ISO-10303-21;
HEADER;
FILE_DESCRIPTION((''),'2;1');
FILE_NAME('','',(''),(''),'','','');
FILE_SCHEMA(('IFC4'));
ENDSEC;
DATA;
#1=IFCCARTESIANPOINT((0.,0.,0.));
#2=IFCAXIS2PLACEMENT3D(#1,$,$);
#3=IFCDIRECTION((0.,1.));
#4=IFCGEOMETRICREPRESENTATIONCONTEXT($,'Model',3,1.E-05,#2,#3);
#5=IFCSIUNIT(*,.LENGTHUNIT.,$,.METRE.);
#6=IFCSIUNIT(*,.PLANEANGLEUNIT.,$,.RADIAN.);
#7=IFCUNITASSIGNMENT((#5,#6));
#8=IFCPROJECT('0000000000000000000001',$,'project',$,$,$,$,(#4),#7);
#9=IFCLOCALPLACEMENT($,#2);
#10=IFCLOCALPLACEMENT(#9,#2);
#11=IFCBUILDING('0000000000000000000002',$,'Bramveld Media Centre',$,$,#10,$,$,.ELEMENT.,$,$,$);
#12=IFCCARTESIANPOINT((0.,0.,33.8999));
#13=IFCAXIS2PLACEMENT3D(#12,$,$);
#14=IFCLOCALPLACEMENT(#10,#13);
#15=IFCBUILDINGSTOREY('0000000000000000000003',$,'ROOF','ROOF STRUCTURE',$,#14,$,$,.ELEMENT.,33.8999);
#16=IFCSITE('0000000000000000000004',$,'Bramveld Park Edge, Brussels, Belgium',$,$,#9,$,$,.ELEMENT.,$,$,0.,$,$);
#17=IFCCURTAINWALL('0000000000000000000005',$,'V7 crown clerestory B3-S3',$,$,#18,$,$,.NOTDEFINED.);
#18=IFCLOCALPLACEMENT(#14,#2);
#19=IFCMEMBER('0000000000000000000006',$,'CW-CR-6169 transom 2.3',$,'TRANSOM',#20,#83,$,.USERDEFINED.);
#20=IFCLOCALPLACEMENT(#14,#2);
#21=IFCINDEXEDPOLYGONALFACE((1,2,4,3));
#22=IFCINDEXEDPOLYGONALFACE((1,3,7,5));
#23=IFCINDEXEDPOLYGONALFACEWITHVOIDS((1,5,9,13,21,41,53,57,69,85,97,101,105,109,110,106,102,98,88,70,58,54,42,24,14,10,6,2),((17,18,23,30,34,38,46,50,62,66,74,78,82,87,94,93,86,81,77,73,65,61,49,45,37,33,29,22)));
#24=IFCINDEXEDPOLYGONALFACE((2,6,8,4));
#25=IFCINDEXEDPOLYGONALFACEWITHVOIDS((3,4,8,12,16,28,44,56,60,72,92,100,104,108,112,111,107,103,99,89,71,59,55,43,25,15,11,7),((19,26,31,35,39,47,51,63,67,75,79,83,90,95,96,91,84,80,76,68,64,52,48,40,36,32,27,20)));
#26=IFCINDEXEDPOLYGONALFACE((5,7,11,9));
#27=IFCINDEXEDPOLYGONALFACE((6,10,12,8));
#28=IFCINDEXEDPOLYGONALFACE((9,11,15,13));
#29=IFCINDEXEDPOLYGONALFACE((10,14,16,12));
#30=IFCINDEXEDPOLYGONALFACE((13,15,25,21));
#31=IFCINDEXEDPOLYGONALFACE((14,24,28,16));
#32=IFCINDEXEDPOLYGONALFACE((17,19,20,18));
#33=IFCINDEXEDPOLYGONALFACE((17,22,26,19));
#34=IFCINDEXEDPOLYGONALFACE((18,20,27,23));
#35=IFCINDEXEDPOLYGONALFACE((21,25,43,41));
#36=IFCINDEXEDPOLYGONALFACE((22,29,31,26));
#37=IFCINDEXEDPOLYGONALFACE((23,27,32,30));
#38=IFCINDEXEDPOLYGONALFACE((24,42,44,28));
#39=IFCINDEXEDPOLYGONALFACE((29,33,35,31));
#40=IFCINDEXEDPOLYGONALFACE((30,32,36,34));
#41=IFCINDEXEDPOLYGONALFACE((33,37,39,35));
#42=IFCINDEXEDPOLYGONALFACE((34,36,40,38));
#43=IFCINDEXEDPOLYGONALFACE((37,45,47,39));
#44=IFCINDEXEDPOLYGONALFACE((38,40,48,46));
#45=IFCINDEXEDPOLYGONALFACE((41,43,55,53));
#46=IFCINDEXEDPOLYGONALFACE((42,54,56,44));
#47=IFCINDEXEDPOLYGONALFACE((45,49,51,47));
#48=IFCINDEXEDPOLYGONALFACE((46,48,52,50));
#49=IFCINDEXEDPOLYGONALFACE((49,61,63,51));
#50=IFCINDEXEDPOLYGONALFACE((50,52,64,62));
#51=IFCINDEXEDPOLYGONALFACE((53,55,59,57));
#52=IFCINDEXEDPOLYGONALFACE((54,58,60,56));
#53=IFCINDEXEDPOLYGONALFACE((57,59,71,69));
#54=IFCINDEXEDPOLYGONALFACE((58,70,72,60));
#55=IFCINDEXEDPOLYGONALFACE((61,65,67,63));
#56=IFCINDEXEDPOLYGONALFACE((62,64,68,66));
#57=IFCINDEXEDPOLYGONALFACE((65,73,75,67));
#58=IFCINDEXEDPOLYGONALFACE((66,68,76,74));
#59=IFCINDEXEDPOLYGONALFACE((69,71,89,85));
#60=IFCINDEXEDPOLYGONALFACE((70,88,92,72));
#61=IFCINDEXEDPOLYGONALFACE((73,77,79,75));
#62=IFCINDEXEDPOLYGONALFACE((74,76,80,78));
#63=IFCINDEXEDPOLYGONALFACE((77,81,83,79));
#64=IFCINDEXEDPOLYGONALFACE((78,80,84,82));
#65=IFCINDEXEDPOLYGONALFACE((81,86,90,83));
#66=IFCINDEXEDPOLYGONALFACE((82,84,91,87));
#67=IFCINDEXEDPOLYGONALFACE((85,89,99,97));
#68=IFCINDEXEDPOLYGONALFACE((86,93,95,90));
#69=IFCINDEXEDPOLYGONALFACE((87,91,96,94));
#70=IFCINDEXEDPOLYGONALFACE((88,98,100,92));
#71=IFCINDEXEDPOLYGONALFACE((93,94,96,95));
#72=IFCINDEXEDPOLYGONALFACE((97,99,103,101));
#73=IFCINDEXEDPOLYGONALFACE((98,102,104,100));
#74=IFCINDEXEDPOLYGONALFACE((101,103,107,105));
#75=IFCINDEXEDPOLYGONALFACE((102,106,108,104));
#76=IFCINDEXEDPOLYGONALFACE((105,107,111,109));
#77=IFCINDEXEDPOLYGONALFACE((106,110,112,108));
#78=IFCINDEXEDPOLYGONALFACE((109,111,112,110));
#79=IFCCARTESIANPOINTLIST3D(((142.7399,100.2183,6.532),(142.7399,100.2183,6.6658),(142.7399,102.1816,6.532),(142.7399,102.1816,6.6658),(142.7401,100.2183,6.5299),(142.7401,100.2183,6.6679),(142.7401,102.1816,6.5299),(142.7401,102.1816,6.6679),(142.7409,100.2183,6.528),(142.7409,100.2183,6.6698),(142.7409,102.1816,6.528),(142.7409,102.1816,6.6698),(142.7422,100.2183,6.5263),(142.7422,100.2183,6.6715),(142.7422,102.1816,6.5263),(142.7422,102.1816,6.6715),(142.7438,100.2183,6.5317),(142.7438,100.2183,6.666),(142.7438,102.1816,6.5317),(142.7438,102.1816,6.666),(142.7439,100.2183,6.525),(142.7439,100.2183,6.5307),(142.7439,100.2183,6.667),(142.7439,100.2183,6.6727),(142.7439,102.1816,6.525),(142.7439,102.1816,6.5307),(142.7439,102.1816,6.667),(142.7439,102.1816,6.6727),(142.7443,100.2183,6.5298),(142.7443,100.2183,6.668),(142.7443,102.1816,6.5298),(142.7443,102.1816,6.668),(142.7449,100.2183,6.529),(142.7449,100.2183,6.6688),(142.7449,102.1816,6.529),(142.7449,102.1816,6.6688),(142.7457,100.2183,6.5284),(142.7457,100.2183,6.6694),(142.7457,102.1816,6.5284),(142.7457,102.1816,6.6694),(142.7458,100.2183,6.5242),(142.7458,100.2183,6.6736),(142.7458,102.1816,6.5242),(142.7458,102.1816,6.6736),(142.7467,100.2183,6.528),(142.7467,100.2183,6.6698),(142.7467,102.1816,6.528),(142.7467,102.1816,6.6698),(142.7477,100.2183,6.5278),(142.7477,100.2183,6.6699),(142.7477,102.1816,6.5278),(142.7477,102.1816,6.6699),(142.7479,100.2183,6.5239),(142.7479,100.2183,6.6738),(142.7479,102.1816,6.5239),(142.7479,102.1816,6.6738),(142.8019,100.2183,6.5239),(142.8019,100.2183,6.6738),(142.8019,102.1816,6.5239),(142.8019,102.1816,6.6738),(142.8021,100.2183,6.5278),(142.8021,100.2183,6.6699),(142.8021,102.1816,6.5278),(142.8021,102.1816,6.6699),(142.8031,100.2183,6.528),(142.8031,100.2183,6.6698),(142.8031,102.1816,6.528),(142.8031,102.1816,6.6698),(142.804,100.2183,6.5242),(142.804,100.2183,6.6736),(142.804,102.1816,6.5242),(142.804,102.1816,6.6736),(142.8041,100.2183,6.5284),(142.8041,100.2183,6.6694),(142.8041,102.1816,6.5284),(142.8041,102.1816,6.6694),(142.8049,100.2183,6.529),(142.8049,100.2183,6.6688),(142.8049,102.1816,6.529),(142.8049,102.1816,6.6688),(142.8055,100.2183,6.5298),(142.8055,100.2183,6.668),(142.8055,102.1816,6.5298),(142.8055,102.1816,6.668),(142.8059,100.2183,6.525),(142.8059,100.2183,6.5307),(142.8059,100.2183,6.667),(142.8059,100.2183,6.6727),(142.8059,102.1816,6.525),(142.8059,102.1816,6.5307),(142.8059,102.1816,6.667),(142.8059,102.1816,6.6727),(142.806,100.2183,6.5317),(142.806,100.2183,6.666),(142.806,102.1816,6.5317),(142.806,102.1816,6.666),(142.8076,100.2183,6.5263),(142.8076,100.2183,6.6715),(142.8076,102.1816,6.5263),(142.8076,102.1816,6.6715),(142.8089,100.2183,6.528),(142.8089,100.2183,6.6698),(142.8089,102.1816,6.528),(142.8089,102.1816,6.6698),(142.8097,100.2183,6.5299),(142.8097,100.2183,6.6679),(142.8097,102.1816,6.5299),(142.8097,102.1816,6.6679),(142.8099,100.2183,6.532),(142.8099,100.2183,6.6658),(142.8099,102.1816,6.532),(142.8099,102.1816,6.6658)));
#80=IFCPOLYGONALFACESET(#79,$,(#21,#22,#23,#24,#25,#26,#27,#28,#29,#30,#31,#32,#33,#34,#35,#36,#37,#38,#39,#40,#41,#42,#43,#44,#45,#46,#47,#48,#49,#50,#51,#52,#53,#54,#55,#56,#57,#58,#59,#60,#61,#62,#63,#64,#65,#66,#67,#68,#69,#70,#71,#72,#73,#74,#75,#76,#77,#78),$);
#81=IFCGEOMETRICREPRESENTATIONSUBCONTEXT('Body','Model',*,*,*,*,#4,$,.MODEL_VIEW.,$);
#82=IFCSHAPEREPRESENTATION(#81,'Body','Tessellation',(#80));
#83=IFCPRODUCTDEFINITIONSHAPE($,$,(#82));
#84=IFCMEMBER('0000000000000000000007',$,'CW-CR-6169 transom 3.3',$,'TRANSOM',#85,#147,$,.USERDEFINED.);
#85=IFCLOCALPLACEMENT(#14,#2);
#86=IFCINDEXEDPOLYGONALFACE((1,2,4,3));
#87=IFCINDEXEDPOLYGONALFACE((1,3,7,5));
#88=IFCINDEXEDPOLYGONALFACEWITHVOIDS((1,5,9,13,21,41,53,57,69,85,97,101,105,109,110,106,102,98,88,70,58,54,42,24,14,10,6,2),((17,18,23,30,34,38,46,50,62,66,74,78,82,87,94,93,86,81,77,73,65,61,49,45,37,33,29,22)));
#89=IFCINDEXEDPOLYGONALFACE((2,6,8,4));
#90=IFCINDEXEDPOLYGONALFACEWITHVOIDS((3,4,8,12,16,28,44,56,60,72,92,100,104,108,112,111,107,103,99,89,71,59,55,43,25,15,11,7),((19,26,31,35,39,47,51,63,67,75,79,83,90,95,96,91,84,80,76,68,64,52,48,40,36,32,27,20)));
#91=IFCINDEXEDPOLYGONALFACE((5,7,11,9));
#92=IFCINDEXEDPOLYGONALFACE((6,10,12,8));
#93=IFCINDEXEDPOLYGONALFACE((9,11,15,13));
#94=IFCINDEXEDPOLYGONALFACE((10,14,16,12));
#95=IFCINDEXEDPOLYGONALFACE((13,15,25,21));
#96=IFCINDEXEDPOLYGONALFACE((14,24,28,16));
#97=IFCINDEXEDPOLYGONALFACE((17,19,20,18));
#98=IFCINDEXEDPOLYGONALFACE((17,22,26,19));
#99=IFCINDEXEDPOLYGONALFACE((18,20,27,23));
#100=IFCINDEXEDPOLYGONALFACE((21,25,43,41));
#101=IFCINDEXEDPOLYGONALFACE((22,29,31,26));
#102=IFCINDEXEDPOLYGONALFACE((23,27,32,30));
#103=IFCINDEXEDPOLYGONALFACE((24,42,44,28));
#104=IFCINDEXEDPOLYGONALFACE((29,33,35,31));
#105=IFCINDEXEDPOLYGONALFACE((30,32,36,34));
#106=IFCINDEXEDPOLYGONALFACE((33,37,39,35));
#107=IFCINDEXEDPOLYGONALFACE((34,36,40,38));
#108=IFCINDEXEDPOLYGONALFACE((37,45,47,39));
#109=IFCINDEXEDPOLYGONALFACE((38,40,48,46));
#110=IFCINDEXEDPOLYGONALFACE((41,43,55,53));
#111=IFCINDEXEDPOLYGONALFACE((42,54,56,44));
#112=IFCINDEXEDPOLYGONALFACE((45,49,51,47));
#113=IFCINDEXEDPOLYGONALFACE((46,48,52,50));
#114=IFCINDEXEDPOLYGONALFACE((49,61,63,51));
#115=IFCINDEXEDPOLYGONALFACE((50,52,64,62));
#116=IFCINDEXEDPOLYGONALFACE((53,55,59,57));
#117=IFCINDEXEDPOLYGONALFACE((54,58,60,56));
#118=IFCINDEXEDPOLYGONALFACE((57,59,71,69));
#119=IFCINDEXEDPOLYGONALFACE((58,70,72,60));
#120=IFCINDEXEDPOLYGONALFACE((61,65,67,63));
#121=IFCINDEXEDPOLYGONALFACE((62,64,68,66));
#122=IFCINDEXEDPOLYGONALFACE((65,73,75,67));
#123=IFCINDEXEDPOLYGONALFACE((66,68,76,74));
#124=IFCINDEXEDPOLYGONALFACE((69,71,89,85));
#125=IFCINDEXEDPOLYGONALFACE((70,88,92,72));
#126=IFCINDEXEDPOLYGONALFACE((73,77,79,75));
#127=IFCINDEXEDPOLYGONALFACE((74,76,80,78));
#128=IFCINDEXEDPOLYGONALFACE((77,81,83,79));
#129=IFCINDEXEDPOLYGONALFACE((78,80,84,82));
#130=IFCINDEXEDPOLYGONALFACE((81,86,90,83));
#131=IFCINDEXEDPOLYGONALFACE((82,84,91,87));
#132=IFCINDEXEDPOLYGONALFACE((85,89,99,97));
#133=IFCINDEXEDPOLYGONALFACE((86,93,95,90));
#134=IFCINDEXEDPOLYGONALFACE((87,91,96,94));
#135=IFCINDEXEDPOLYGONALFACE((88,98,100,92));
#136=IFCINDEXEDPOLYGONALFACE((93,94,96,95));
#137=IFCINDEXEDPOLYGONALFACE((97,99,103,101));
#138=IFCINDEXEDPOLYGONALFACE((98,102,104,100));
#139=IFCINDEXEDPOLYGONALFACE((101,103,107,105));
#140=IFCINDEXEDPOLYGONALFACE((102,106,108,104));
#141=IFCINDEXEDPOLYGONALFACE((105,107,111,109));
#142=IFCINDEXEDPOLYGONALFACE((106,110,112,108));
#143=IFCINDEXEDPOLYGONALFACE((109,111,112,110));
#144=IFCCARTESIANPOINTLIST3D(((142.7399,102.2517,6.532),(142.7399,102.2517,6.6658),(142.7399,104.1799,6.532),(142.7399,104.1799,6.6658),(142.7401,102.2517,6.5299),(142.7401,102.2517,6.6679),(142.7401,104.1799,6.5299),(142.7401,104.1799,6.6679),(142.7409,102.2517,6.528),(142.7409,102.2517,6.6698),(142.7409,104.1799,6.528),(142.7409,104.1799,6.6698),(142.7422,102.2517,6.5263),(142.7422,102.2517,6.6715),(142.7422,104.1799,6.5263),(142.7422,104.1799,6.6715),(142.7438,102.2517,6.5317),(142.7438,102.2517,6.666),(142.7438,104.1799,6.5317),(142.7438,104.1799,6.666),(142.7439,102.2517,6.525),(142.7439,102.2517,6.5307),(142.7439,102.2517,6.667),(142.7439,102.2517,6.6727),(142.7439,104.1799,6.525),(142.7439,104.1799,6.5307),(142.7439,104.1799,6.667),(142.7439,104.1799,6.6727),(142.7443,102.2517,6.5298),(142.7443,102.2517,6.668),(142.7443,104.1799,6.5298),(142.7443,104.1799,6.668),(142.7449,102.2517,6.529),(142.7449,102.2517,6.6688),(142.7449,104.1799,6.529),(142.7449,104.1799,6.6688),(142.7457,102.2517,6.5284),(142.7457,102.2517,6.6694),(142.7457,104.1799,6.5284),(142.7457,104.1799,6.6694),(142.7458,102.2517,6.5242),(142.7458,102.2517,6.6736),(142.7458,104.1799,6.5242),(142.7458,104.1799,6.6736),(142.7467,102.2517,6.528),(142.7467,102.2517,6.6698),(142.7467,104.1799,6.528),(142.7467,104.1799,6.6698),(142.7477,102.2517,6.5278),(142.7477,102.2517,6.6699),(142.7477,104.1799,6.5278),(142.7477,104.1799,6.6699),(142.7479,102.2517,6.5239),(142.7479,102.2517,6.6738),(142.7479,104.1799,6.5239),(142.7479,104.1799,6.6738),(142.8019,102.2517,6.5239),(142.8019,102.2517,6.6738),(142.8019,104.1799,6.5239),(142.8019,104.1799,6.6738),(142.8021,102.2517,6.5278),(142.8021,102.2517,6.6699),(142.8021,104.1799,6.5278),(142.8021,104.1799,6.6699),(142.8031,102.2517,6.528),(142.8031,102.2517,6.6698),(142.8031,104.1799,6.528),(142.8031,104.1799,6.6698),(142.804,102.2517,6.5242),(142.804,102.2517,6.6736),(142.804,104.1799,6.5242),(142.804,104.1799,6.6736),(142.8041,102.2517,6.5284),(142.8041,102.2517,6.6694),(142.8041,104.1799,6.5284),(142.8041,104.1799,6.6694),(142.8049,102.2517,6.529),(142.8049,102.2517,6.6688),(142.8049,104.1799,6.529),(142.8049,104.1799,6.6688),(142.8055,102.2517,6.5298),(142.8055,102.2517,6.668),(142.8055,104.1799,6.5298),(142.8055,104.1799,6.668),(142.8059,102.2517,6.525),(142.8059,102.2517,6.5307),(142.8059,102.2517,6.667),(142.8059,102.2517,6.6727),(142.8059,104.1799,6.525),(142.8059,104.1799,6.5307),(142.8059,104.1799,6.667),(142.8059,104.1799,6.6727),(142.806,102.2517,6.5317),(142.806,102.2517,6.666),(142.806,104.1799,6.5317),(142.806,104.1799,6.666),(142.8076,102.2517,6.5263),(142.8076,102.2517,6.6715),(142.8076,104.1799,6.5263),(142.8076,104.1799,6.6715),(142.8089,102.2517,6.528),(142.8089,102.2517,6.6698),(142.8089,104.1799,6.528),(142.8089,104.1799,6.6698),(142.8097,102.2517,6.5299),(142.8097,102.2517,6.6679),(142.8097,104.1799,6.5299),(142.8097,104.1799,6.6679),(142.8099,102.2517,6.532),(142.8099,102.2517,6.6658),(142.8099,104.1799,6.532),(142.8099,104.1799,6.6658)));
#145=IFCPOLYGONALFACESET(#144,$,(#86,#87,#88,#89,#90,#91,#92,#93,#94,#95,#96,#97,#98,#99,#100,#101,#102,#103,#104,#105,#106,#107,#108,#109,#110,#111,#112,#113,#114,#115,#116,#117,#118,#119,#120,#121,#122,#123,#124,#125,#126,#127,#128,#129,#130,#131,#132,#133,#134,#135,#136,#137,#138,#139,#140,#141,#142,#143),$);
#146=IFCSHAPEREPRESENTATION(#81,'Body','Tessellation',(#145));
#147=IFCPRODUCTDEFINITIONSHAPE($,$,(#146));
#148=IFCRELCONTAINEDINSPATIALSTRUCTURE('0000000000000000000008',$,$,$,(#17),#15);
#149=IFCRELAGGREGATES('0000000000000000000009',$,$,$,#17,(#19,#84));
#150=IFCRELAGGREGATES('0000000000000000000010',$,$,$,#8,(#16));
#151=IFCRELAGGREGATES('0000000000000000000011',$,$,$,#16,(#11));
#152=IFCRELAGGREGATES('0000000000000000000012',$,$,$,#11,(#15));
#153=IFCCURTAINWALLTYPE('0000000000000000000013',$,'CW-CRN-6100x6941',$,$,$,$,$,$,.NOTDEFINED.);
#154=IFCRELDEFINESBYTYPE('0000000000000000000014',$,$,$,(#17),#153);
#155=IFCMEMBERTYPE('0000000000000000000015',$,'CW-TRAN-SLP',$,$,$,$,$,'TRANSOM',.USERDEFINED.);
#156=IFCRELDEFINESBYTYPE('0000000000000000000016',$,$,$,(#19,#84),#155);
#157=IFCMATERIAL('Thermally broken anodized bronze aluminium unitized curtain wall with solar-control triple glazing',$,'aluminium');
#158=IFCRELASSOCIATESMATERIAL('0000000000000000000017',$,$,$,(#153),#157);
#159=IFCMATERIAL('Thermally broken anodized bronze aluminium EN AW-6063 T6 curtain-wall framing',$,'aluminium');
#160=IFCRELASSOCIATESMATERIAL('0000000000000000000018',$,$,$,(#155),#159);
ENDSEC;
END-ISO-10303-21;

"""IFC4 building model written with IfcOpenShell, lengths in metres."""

from ifc_helpers import new_model, si_unit, direction, frame, origin, origin_2d, place, context, subcontext, project, spatial, hollow_rectangle, extrude, material, material_profile, profile_set, type_object, element, aggregate, save


model = new_model("IFC4")

# Units and contexts
model_context = context("Model", 3, precision=1e-05, world=origin(), true_north=direction((0.0, 1.0)))
body_context = subcontext(model_context, "Body", "Model", "MODEL_VIEW")
ifc_project = project(units=[si_unit("LENGTHUNIT", "METRE"), si_unit("PLANEANGLEUNIT", "RADIAN")], contexts=[model_context])

# Site, building, storey
site_placement = place(None, origin())
site = spatial("IfcSite", under=ifc_project, at=site_placement, Name="Bramveld Park Edge, Brussels, Belgium", CompositionType="ELEMENT", RefElevation=0.0)
building_placement = place(site_placement, origin())
building = spatial("IfcBuilding", under=site, at=building_placement, Name="Bramveld Media Centre", CompositionType="ELEMENT")
storey_placement = place(building_placement, frame((0.0, 0.0, 33.8999)))
storey = spatial("IfcBuildingStorey", under=building, at=storey_placement, Name="ROOF", Description="ROOF STRUCTURE", CompositionType="ELEMENT", Elevation=33.8999)

# Curtain wall, members
ifc_material_1 = material(Name="Thermally broken anodized bronze aluminium unitized curtain wall with solar-control triple glazing", Category="aluminium")
curtain_wall_type = type_object("IfcCurtainWallType", Name="CW-CRN-6100x6941", PredefinedType="NOTDEFINED", material=ifc_material_1)
curtain_wall_1_placement = place(storey_placement, origin())
curtain_wall_1 = element("IfcCurtainWall", 1, at=curtain_wall_1_placement, inside=storey, type_object=curtain_wall_type, Name="V7 crown clerestory B3-S3", PredefinedType="NOTDEFINED")
ifc_material_2 = material(Name="Thermally broken anodized bronze aluminium EN AW-6063 T6 curtain-wall framing", Category="aluminium")
ifc_material_profile_1 = material_profile(ifc_material_2, hollow_rectangle(XDim=0.0701, YDim=0.1499, WallThickness=0.0039, InnerFilletRadius=0.0039, OuterFilletRadius=0.0081, at=origin_2d()), Name="AL-TRAN 70x150")
ifc_profile_set_1 = profile_set([ifc_material_profile_1], Name="Thermally broken anodized bronze aluminium EN AW-6063 T6 curtain-wall framing")
member_type_1 = type_object("IfcMemberType", Name="CW-TRAN-SLP", ElementType="TRANSOM", PredefinedType="USERDEFINED", material=ifc_profile_set_1)
member_1_placement = place(storey_placement, frame((142.7749, 100.2183, 6.5989), z_axis=(0.0, 1.0, 0.0), x_axis=(-1.0, 0.0, 0.0)))
member_1 = element("IfcMember", 2, at=member_1_placement, type_object=member_type_1, Name="CW-CR-6169 transom 2.3", ObjectType="TRANSOM", PredefinedType="USERDEFINED", context=body_context, shape_type="SweptSolid", body=[
    extrude(hollow_rectangle(XDim=0.0701, YDim=0.1499, WallThickness=0.0039, InnerFilletRadius=0.0039, OuterFilletRadius=0.0081, at=origin_2d()), origin(), (0.0, 0.0, 1.0), 1.9634),
])
member_2_placement = place(storey_placement, frame((142.7749, 102.2517, 6.5989), z_axis=(0.0, 1.0, 0.0), x_axis=(-1.0, 0.0, 0.0)))
member_2 = element("IfcMember", 3, at=member_2_placement, type_object=member_type_1, Name="CW-CR-6169 transom 3.3", ObjectType="TRANSOM", PredefinedType="USERDEFINED", context=body_context, shape_type="SweptSolid", body=[
    extrude(hollow_rectangle(XDim=0.0701, YDim=0.1499, WallThickness=0.0039, InnerFilletRadius=0.0039, OuterFilletRadius=0.0081, at=origin_2d()), origin(), (0.0, 0.0, 1.0), 1.9282),
])

aggregate(curtain_wall_1, [member_1, member_2])

save(model, "model.ifc")
